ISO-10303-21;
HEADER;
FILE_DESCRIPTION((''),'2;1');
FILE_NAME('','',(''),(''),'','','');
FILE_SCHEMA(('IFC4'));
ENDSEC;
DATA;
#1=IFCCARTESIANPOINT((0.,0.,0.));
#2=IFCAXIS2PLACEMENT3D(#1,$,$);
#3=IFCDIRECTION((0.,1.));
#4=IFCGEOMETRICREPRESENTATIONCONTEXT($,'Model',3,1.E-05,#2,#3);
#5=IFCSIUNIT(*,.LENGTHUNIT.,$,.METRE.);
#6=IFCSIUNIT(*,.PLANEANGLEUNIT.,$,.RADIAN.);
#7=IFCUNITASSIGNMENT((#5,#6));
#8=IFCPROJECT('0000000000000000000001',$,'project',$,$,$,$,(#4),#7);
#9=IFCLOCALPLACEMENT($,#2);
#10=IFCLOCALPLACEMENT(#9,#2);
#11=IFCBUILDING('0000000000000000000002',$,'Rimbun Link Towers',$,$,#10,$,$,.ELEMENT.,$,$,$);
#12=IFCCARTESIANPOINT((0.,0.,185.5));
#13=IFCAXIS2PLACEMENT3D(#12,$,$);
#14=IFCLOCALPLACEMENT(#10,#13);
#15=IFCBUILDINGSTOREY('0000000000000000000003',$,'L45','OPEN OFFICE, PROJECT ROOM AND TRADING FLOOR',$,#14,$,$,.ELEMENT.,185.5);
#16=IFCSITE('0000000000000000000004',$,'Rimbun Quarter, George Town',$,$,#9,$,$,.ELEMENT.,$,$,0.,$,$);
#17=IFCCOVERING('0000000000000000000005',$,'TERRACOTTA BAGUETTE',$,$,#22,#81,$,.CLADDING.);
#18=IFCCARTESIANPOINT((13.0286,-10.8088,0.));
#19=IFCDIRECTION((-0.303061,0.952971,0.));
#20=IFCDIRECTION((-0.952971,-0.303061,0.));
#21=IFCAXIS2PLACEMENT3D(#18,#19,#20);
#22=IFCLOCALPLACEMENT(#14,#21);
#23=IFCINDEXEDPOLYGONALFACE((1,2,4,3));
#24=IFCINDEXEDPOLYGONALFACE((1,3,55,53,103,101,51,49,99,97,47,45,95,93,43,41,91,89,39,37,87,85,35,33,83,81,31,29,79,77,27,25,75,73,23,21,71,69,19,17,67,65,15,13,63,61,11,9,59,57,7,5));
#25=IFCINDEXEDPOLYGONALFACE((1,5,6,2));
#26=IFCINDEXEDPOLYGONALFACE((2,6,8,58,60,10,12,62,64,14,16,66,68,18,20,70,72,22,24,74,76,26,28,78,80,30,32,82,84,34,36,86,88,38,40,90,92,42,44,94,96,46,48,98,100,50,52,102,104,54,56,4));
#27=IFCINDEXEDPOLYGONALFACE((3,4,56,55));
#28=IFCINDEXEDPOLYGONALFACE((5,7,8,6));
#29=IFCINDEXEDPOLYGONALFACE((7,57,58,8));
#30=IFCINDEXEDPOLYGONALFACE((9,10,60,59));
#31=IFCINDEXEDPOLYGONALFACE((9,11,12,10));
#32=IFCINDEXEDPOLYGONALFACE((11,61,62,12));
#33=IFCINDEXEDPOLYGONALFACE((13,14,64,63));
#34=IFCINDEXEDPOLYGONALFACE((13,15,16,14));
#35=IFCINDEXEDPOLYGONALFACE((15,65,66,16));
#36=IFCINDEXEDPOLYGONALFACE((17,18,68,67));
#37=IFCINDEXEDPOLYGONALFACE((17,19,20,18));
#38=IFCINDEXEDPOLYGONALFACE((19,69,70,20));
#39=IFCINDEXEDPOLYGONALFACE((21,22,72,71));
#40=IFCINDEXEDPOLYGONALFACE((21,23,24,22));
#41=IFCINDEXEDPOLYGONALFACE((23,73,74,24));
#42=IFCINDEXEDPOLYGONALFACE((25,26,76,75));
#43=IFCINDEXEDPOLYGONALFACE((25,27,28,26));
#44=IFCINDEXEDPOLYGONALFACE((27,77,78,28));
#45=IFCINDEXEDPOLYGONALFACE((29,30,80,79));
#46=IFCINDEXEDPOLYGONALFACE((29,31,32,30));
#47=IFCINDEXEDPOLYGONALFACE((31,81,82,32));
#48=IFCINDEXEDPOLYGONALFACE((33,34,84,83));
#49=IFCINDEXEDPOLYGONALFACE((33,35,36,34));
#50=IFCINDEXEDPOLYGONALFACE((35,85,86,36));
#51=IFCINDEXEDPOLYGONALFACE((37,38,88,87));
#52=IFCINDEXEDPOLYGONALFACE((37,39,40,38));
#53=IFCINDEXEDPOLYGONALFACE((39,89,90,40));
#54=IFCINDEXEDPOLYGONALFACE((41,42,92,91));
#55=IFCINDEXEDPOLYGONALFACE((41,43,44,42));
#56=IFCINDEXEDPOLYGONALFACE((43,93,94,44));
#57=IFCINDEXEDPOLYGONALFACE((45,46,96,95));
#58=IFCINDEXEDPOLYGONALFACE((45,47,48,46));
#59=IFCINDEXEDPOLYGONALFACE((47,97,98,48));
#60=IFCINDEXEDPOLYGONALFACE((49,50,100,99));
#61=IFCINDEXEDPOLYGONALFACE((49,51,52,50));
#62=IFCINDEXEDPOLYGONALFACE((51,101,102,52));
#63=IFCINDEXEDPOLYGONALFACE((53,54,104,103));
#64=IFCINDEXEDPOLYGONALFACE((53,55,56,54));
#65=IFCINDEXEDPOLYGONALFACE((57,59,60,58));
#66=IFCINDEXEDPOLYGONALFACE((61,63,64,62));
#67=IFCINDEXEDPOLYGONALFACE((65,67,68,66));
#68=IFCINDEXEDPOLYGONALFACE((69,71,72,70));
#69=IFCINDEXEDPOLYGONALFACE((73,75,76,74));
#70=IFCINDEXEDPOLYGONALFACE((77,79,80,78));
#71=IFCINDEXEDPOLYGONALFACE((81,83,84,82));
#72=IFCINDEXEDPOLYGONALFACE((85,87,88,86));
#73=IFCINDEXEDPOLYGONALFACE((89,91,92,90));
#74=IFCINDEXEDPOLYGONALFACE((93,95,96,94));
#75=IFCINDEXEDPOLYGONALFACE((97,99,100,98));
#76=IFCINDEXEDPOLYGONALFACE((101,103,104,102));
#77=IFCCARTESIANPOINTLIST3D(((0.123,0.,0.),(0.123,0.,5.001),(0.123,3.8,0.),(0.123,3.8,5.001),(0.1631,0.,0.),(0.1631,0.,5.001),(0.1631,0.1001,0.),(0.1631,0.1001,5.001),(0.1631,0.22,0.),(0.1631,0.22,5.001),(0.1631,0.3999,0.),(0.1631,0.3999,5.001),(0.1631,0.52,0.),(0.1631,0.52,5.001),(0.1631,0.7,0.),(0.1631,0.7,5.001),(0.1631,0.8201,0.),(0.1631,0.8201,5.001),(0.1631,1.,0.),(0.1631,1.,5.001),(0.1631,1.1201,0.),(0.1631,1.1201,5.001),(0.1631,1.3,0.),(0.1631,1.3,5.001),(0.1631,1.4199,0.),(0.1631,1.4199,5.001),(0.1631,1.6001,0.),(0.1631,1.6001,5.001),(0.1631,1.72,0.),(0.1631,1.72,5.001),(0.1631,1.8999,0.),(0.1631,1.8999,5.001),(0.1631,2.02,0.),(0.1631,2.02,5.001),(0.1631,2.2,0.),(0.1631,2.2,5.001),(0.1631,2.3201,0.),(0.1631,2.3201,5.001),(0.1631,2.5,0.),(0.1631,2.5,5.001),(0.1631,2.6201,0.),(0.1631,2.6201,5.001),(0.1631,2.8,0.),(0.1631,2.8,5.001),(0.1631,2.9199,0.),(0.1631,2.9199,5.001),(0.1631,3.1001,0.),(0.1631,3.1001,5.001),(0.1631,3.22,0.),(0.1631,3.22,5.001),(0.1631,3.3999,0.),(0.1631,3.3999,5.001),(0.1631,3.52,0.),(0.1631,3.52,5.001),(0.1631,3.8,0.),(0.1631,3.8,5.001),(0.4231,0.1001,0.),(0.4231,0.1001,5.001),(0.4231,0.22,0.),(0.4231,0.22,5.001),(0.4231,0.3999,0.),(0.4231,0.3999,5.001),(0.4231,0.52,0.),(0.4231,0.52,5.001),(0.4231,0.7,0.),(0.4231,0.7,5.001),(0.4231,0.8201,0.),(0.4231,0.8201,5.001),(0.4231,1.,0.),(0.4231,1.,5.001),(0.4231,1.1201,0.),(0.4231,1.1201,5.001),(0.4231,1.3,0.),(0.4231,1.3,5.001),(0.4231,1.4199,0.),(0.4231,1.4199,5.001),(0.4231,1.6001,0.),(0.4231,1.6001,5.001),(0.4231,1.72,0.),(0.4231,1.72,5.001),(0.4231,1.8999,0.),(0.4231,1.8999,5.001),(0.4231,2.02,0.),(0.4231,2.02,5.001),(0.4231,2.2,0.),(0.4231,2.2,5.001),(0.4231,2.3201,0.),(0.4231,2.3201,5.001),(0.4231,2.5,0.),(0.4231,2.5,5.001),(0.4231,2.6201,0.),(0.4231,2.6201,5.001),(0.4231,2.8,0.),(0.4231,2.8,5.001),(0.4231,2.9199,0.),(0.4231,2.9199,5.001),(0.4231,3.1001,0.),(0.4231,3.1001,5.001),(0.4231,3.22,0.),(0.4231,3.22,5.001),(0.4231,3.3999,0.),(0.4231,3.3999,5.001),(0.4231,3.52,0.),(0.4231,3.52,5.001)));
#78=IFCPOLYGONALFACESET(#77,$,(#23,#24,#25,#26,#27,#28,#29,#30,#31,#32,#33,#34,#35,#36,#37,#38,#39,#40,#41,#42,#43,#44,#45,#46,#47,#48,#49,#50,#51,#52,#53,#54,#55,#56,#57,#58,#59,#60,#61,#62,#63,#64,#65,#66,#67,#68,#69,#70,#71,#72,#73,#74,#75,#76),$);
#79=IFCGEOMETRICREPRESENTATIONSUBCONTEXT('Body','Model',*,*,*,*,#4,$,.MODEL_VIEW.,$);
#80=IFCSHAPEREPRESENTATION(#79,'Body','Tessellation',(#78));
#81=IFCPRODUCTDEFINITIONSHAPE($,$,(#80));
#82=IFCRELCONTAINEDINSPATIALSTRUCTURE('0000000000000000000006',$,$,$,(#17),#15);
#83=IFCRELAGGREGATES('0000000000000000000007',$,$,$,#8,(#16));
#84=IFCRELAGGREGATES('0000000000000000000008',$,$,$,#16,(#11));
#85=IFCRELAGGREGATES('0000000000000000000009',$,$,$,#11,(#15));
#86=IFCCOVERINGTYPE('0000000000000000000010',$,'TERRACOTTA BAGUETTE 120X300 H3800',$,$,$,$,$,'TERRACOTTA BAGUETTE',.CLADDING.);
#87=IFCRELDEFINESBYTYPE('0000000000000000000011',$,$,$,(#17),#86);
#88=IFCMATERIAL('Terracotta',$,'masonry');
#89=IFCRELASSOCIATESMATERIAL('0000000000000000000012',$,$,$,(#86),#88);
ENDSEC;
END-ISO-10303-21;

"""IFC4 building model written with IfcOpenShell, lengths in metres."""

from ifc_helpers import new_model, si_unit, direction, frame, origin, place, context, subcontext, project, spatial, polyline, outline, extrude, material, material_profile, profile_set, type_object, element, save


model = new_model("IFC4")

# Units and contexts
model_context = context("Model", 3, precision=1e-05, world=origin(), true_north=direction((0.0, 1.0)))
body_context = subcontext(model_context, "Body", "Model", "MODEL_VIEW")
ifc_project = project(units=[si_unit("LENGTHUNIT", "METRE"), si_unit("PLANEANGLEUNIT", "RADIAN")], contexts=[model_context])

# Site, building, storey
site_placement = place(None, origin())
site = spatial("IfcSite", under=ifc_project, at=site_placement, Name="Rimbun Quarter, George Town", CompositionType="ELEMENT", RefElevation=0.0)
building_placement = place(site_placement, origin())
building = spatial("IfcBuilding", under=site, at=building_placement, Name="Rimbun Link Towers", CompositionType="ELEMENT")
storey_placement = place(building_placement, frame((0.0, 0.0, 185.5)))
storey = spatial("IfcBuildingStorey", under=building, at=storey_placement, Name="L45", Description="OPEN OFFICE, PROJECT ROOM AND TRADING FLOOR", CompositionType="ELEMENT", Elevation=185.5)

# Covering
ifc_material_1 = material(Name="Terracotta", Category="masonry")
ifc_material_profile_1 = material_profile(ifc_material_1, outline(polyline([(0.123, 0.0), (0.1631, 0.0), (0.1631, 0.1001), (0.4231, 0.1001), (0.4231, 0.22), (0.1631, 0.22), (0.1631, 0.3999), (0.4231, 0.3999), (0.4231, 0.52), (0.1631, 0.52), (0.1631, 0.7), (0.4231, 0.7), (0.4231, 0.8201), (0.1631, 0.8201), (0.1631, 1.0), (0.4231, 1.0), (0.4231, 1.1201), (0.1631, 1.1201), (0.1631, 1.3), (0.4231, 1.3), (0.4231, 1.4199), (0.1631, 1.4199), (0.1631, 1.6001), (0.4231, 1.6001), (0.4231, 1.72), (0.1631, 1.72), (0.1631, 1.8999), (0.4231, 1.8999), (0.4231, 2.02), (0.1631, 2.02), (0.1631, 2.2), (0.4231, 2.2), (0.4231, 2.3201), (0.1631, 2.3201), (0.1631, 2.5), (0.4231, 2.5), (0.4231, 2.6201), (0.1631, 2.6201), (0.1631, 2.8), (0.4231, 2.8), (0.4231, 2.9199), (0.1631, 2.9199), (0.1631, 3.1001), (0.4231, 3.1001), (0.4231, 3.22), (0.1631, 3.22), (0.1631, 3.3999), (0.4231, 3.3999), (0.4231, 3.52), (0.1631, 3.52), (0.1631, 3.8), (0.123, 3.8), (0.123, 0.0)])), Name="BAGUETTE 120X300")
ifc_profile_set_1 = profile_set([ifc_material_profile_1], Name="Terracotta")
covering_type_1 = type_object("IfcCoveringType", Name="TERRACOTTA BAGUETTE 120X300 H3800", ElementType="TERRACOTTA BAGUETTE", PredefinedType="CLADDING", material=ifc_profile_set_1)
covering_1_placement = place(storey_placement, frame((13.0286, -10.8088, 0.0), z_axis=(-0.303061, 0.952971, 0.0), x_axis=(-0.952971, -0.303061, 0.0)))
element("IfcCovering", 1, at=covering_1_placement, inside=storey, type_object=covering_type_1, Name="TERRACOTTA BAGUETTE", PredefinedType="CLADDING", context=body_context, shape_type="SweptSolid", body=[
    extrude(outline(polyline([(0.123, 0.0), (0.1631, 0.0), (0.1631, 0.1001), (0.4231, 0.1001), (0.4231, 0.22), (0.1631, 0.22), (0.1631, 0.3999), (0.4231, 0.3999), (0.4231, 0.52), (0.1631, 0.52), (0.1631, 0.7), (0.4231, 0.7), (0.4231, 0.8201), (0.1631, 0.8201), (0.1631, 1.0), (0.4231, 1.0), (0.4231, 1.1201), (0.1631, 1.1201), (0.1631, 1.3), (0.4231, 1.3), (0.4231, 1.4199), (0.1631, 1.4199), (0.1631, 1.6001), (0.4231, 1.6001), (0.4231, 1.72), (0.1631, 1.72), (0.1631, 1.8999), (0.4231, 1.8999), (0.4231, 2.02), (0.1631, 2.02), (0.1631, 2.2), (0.4231, 2.2), (0.4231, 2.3201), (0.1631, 2.3201), (0.1631, 2.5), (0.4231, 2.5), (0.4231, 2.6201), (0.1631, 2.6201), (0.1631, 2.8), (0.4231, 2.8), (0.4231, 2.9199), (0.1631, 2.9199), (0.1631, 3.1001), (0.4231, 3.1001), (0.4231, 3.22), (0.1631, 3.22), (0.1631, 3.3999), (0.4231, 3.3999), (0.4231, 3.52), (0.1631, 3.52), (0.1631, 3.8), (0.123, 3.8), (0.123, 0.0)])), origin(), (0.0, 0.0, 1.0), 5.001),
])

save(model, "model.ifc")
